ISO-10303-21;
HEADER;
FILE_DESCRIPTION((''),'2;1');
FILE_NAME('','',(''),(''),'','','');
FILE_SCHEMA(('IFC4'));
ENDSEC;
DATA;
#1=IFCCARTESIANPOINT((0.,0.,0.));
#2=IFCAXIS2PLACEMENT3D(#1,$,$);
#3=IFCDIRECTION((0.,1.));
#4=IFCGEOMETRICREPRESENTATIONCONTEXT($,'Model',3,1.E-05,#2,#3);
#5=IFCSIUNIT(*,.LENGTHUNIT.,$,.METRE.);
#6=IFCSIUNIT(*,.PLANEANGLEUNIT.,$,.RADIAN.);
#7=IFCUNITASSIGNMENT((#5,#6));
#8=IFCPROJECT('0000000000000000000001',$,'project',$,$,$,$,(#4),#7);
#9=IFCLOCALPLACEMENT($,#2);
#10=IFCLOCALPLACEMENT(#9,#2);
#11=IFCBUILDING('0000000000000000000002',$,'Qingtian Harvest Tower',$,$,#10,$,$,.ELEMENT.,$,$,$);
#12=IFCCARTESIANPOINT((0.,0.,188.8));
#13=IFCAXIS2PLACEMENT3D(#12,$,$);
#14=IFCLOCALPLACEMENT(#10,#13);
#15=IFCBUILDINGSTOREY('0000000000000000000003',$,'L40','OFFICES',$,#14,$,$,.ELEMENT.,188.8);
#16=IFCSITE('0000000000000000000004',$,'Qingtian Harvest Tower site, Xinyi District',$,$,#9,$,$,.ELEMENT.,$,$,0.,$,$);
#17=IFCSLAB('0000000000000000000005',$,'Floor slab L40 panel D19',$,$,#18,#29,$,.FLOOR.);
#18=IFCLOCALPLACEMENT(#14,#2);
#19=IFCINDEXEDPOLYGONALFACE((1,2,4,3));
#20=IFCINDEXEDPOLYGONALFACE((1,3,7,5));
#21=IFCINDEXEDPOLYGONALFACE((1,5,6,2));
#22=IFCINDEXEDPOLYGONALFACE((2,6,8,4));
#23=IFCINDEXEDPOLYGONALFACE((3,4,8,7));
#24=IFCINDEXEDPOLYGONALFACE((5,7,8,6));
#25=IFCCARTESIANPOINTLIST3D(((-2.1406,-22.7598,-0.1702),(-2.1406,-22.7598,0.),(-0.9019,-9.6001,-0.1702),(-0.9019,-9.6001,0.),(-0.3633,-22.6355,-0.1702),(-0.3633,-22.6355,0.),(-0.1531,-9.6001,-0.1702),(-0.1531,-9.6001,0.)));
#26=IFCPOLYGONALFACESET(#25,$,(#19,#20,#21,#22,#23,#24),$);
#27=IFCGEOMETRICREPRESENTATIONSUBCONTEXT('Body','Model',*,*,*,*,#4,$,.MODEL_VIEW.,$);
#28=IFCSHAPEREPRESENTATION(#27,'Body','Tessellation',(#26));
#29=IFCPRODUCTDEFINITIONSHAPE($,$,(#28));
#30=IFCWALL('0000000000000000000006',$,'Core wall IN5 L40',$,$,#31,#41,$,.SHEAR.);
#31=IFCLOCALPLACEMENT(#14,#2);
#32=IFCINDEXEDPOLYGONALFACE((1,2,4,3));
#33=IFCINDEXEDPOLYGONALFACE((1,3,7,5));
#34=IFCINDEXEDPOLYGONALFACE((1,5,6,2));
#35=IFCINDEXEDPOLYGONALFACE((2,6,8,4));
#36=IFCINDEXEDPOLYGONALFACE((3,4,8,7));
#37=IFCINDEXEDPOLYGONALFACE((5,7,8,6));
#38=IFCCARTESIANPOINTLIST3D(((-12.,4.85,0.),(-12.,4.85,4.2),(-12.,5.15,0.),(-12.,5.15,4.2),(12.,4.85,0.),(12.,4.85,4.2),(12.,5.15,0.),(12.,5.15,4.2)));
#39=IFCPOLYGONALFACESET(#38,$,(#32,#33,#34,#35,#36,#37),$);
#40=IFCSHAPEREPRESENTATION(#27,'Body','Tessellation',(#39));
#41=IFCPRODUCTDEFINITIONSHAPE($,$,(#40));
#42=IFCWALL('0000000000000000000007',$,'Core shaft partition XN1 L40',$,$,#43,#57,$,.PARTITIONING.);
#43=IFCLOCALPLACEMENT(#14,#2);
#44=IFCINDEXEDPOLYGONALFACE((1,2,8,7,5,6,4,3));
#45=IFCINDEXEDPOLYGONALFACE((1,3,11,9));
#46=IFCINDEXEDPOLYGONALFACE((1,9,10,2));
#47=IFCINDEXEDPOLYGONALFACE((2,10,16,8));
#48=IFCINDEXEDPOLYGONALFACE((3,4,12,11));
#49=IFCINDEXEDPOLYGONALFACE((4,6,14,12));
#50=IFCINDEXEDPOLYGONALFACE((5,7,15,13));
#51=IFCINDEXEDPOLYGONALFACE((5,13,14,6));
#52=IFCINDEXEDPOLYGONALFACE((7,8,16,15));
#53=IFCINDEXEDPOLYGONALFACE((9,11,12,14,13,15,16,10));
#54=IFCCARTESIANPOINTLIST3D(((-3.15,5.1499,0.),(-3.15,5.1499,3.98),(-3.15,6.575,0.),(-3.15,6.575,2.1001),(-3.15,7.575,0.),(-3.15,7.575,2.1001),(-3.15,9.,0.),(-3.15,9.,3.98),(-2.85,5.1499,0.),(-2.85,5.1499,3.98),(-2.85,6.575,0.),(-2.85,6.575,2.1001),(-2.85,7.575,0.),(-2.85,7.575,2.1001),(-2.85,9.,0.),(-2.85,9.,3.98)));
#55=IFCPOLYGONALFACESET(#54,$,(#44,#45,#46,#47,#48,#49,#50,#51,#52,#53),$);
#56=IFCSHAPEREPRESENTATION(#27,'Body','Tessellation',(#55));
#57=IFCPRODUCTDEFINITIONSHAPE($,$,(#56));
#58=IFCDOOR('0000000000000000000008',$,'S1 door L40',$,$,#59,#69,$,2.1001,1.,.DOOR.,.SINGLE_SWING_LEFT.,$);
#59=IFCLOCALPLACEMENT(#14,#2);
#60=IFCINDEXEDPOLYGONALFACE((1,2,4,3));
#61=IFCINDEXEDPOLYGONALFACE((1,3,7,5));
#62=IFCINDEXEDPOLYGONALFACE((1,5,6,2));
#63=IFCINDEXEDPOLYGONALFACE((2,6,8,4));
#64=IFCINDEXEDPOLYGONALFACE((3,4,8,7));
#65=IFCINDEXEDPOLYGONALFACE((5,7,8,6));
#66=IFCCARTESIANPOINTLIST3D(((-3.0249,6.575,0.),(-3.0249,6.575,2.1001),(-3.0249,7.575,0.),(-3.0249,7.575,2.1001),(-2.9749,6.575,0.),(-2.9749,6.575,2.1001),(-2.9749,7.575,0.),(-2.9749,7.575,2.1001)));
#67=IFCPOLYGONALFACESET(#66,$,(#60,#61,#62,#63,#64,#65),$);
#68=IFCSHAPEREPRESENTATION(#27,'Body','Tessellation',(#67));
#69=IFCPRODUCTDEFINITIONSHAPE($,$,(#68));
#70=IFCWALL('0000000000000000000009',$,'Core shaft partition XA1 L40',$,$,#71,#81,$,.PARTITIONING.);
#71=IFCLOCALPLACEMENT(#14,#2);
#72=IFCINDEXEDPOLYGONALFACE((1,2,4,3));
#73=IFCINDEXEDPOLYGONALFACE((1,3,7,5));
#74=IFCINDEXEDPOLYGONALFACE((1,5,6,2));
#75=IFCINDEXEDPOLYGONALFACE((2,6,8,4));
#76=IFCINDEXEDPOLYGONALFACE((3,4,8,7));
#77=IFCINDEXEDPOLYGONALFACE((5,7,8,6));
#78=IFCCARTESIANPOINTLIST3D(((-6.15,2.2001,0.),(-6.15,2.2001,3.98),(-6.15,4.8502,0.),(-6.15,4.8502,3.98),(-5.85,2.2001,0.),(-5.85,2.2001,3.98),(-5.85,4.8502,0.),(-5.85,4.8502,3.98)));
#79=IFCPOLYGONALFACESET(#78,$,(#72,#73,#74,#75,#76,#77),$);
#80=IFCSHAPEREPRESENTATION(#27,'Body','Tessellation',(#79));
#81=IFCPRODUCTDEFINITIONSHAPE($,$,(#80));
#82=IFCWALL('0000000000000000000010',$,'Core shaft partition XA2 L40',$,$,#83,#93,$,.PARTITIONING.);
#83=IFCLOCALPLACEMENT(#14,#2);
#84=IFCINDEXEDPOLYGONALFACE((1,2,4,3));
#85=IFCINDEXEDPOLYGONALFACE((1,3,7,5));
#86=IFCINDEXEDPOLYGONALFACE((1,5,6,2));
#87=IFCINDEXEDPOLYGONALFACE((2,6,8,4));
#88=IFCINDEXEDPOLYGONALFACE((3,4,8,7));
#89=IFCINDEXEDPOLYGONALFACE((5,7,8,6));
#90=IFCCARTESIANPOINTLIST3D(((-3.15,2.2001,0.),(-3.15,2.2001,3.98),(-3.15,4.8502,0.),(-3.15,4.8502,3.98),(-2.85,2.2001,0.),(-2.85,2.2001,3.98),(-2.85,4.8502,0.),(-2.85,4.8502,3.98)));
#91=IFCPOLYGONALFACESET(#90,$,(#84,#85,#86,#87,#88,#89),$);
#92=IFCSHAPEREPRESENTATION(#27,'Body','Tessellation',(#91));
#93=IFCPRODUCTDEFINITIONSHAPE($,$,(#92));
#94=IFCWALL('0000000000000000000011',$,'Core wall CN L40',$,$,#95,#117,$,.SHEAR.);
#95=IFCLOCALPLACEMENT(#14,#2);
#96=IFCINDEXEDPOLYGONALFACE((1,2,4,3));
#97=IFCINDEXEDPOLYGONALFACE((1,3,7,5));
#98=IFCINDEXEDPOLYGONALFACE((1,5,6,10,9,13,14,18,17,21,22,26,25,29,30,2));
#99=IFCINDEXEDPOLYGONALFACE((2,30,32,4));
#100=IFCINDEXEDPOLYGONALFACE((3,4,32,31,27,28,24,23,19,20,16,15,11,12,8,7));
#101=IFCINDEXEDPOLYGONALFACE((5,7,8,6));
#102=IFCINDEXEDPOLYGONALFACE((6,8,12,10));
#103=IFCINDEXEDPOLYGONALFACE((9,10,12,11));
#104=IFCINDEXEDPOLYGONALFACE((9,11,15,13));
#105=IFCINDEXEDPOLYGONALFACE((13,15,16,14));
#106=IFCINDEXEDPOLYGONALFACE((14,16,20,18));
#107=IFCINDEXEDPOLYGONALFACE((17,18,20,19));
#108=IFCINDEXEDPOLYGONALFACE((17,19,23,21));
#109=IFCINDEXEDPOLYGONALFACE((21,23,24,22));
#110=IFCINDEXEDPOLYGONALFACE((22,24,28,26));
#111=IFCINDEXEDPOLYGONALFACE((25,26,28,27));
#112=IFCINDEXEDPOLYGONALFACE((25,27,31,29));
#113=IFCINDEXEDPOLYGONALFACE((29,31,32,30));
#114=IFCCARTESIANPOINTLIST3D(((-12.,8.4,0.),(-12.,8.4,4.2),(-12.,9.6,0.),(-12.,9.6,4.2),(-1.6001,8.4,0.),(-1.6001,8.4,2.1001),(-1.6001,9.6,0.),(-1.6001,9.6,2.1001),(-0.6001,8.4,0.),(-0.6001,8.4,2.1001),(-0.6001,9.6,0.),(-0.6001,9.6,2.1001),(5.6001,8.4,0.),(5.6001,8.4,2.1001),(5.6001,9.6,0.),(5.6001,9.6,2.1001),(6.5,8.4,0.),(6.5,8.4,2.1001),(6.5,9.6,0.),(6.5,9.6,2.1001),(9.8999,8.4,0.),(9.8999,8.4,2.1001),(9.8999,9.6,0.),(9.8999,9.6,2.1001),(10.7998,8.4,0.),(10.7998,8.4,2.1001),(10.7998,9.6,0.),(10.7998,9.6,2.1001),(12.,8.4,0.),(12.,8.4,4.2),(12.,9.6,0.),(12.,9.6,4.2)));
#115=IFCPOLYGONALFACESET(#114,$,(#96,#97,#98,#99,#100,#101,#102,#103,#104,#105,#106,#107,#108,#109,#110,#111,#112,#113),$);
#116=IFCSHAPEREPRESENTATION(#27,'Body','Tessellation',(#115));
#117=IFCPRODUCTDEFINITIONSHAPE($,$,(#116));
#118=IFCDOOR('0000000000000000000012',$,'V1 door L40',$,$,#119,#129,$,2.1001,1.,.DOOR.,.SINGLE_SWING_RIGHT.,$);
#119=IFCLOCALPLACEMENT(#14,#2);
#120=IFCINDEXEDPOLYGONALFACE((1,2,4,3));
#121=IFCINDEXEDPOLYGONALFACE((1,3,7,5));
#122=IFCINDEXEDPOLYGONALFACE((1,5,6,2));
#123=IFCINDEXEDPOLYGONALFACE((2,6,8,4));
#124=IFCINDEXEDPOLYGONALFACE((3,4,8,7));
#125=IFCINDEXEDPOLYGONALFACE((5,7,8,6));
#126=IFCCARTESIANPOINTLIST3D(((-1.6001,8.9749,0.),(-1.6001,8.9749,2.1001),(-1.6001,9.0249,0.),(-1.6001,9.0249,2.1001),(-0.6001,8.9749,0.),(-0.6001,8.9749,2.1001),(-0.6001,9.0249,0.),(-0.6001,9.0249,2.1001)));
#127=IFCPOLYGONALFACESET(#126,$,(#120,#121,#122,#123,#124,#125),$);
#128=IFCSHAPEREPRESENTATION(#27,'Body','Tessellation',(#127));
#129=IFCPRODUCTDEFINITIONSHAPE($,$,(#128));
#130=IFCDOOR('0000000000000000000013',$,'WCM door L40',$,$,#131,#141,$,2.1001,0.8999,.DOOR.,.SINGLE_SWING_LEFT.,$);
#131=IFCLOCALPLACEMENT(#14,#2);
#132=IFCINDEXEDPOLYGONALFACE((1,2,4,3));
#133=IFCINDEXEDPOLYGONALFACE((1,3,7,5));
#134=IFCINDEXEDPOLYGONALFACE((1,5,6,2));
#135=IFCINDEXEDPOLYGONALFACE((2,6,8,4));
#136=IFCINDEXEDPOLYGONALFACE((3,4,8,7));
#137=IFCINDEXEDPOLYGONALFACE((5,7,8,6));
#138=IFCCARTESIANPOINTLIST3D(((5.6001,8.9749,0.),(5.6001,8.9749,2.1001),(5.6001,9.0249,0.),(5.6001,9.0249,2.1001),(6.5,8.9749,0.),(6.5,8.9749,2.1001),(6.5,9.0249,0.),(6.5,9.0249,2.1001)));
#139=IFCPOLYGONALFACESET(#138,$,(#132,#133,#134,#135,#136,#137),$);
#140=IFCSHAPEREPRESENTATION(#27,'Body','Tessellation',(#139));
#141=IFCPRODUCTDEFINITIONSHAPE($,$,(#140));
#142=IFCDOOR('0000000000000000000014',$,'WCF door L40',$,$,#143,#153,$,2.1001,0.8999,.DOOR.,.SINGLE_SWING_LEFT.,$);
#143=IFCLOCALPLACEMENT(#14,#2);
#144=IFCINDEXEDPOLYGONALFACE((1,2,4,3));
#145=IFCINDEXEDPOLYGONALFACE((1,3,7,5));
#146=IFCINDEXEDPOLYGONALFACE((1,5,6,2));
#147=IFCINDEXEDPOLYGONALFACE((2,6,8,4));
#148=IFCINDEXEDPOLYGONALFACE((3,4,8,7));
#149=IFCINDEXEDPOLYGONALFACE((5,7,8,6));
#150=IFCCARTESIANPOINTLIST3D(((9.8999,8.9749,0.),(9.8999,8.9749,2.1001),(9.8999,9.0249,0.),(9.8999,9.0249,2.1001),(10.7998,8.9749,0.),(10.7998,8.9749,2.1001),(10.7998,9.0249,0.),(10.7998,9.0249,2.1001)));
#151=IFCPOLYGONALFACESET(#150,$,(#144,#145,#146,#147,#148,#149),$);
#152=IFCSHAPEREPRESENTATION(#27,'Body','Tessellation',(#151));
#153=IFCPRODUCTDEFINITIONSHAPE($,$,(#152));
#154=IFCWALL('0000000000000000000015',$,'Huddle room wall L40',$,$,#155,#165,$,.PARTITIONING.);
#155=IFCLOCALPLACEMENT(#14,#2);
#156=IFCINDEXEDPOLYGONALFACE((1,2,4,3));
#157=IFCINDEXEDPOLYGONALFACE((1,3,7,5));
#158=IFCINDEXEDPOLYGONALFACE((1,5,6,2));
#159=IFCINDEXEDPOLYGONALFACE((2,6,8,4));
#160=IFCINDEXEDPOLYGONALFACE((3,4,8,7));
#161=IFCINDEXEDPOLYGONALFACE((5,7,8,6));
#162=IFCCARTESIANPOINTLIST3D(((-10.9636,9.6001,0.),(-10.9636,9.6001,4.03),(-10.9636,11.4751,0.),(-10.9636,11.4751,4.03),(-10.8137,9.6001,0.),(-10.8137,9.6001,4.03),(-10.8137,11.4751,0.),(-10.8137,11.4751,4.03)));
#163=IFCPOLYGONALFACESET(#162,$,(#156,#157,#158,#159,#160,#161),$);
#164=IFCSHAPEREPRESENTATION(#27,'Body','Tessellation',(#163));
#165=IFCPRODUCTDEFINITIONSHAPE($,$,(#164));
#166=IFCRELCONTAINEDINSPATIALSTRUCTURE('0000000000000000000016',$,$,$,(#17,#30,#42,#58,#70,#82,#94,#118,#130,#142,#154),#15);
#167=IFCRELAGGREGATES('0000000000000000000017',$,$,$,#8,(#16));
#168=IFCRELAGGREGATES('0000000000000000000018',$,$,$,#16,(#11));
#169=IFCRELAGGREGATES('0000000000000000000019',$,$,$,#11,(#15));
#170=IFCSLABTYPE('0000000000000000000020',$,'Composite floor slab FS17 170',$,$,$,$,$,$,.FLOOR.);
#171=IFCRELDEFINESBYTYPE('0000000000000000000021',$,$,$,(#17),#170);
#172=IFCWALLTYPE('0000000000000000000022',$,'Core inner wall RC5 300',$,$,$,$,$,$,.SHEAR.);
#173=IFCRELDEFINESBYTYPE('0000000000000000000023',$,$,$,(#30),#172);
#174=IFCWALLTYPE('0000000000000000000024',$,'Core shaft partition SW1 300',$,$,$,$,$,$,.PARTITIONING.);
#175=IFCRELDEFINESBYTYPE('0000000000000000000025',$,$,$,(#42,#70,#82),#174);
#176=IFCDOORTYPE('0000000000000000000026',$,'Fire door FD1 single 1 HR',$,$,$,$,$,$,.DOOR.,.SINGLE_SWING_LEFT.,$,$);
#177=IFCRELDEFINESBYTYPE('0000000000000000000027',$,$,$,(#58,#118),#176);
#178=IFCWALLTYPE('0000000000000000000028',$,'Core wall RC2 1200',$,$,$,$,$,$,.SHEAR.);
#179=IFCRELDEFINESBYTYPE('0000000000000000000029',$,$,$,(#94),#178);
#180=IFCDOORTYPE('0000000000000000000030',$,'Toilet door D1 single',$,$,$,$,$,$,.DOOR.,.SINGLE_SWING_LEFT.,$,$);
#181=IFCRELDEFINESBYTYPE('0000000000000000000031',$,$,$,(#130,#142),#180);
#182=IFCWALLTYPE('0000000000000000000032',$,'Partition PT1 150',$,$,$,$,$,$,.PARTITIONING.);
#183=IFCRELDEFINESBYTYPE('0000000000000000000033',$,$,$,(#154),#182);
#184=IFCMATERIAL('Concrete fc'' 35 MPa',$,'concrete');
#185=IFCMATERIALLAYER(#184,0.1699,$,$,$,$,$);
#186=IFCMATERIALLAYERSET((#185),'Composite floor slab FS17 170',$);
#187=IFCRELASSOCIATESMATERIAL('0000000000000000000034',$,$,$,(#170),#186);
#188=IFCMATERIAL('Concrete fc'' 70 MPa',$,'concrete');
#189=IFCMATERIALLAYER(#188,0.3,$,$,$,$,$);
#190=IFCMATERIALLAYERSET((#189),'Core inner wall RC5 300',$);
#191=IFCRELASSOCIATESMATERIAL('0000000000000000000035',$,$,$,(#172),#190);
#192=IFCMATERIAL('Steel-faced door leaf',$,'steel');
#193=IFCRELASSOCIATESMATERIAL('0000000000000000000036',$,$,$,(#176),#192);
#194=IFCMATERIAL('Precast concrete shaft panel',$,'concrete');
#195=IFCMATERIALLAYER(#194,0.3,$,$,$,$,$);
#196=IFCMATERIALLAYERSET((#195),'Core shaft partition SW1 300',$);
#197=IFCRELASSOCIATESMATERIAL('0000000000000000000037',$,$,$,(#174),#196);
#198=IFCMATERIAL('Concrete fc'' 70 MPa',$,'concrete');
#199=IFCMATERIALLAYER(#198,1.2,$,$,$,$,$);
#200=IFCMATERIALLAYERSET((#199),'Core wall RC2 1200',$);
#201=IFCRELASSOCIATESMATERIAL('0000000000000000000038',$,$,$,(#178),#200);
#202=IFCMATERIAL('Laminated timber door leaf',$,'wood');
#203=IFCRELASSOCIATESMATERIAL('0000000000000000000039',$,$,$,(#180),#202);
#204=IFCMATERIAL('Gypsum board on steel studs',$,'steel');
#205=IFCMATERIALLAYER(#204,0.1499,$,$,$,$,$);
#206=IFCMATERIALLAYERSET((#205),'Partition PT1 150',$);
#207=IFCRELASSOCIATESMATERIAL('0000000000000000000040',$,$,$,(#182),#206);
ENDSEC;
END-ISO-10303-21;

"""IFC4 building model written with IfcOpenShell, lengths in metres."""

from ifc_helpers import new_model, si_unit, direction, frame, frame_2d, origin, place, context, subcontext, project, spatial, polyline, rectangle, outline, extrude, material, layer, layer_set, type_object, element, fill, save


model = new_model("IFC4")

# Units and contexts
model_context = context("Model", 3, precision=1e-05, world=origin(), true_north=direction((0.0, 1.0)))
body_context = subcontext(model_context, "Body", "Model", "MODEL_VIEW")
ifc_project = project(units=[si_unit("LENGTHUNIT", "METRE"), si_unit("PLANEANGLEUNIT", "RADIAN")], contexts=[model_context])

# Site, building, storey
site_placement = place(None, origin())
site = spatial("IfcSite", under=ifc_project, at=site_placement, Name="Qingtian Harvest Tower site, Xinyi District", CompositionType="ELEMENT", RefElevation=0.0)
building_placement = place(site_placement, origin())
building = spatial("IfcBuilding", under=site, at=building_placement, Name="Qingtian Harvest Tower", CompositionType="ELEMENT")
storey_placement = place(building_placement, frame((0.0, 0.0, 188.8)))
storey = spatial("IfcBuildingStorey", under=building, at=storey_placement, Name="L40", Description="OFFICES", CompositionType="ELEMENT", Elevation=188.8)

# Slab
ifc_material_1 = material(Name="Concrete fc' 35 MPa", Category="concrete")
ifc_layer_1 = layer(ifc_material_1, 0.1699)
ifc_layer_set_1 = layer_set([ifc_layer_1], Name="Composite floor slab FS17 170")
slab_type = type_object("IfcSlabType", Name="Composite floor slab FS17 170", PredefinedType="FLOOR", material=ifc_layer_set_1)
slab_placement = place(storey_placement, frame((0.0, 0.0, -0.1702)))
element("IfcSlab", 1, at=slab_placement, inside=storey, type_object=slab_type, Name="Floor slab L40 panel D19", PredefinedType="FLOOR", context=body_context, shape_type="SweptSolid", body=[
    extrude(outline(polyline([(-0.1531, -9.6001), (-0.3633, -22.6355), (-2.1406, -22.7598), (-0.9019, -9.6001), (-0.1531, -9.6001)])), origin(), (0.0, 0.0, 1.0), 0.1702),
])

# Wall
ifc_material_2 = material(Name="Concrete fc' 70 MPa", Category="concrete")
ifc_layer_2 = layer(ifc_material_2, 0.3)
ifc_layer_set_2 = layer_set([ifc_layer_2], Name="Core inner wall RC5 300")
wall_type_1 = type_object("IfcWallType", Name="Core inner wall RC5 300", PredefinedType="SHEAR", material=ifc_layer_set_2)
wall_1_placement = place(storey_placement, frame((-12.0, 5.0, 0.0), z_axis=(0.0, 0.0, 1.0), x_axis=(1.0, 0.0, 0.0)))
element("IfcWall", 2, at=wall_1_placement, inside=storey, type_object=wall_type_1, Name="Core wall IN5 L40", PredefinedType="SHEAR", context=body_context, shape_type="SweptSolid", body=[
    extrude(rectangle(XDim=24.0, YDim=0.3, at=frame_2d((12.0, 0.0))), origin(), (0.0, 0.0, 1.0), 4.2),
])

# Shared definitions
ifc_material_3 = material(Name="Steel-faced door leaf", Category="steel")
door_type_1 = type_object("IfcDoorType", Name="Fire door FD1 single 1 HR", OperationType="SINGLE_SWING_LEFT", PredefinedType="DOOR", material=ifc_material_3)

# Wall, opening, door
ifc_material_4 = material(Name="Precast concrete shaft panel", Category="concrete")
ifc_layer_3 = layer(ifc_material_4, 0.3)
ifc_layer_set_3 = layer_set([ifc_layer_3], Name="Core shaft partition SW1 300")
wall_type_2 = type_object("IfcWallType", Name="Core shaft partition SW1 300", PredefinedType="PARTITIONING", material=ifc_layer_set_3)
wall_2_placement = place(storey_placement, frame((-3.0, 5.1499, 0.0), z_axis=(0.0, 0.0, 1.0), x_axis=(0.0, 1.0, 0.0)))
wall_2 = element("IfcWall", 3, at=wall_2_placement, inside=storey, type_object=wall_type_2, Name="Core shaft partition XN1 L40", PredefinedType="PARTITIONING", context=body_context, shape_type="SweptSolid", body=[
    extrude(rectangle(XDim=3.8501, YDim=0.3, at=frame_2d((1.925, 0.0))), origin(), (0.0, 0.0, 1.0), 3.98),
])
opening_1_placement = place(wall_2_placement, frame((1.425, 0.0, 0.0)))
opening_1 = element("IfcOpeningElement", 4, at=opening_1_placement, cuts=wall_2, PredefinedType="OPENING", context=body_context, shape_type="SweptSolid", body=[
    extrude(rectangle(XDim=1.0, YDim=2.1001, at=frame_2d((0.5, 1.05))), frame((0.0, 0.1599, 0.0), z_axis=(0.0, -1.0, 0.0), x_axis=(1.0, 0.0, 0.0)), (0.0, 0.0, 1.0), 0.3201),
])
door_1_placement = place(opening_1_placement, origin())
door_1 = element("IfcDoor", 5, at=door_1_placement, inside=storey, type_object=door_type_1, Name="S1 door L40", OperationType="SINGLE_SWING_LEFT", OverallHeight=2.1001, OverallWidth=1.0, PredefinedType="DOOR", context=body_context, shape_type="SweptSolid", body=[
    extrude(rectangle(XDim=1.0, YDim=2.1001, at=frame_2d((0.5, 1.05))), frame((0.0, 0.0249, 0.0), z_axis=(0.0, -1.0, 0.0), x_axis=(1.0, 0.0, 0.0)), (0.0, 0.0, 1.0), 0.05),
])
fill(opening_1, door_1)

# Walls
for number, where, z_axis, x_axis, name in (
    (6, (-6.0, 2.2, 0.0), (0.0, 0.0, 1.0), (0.0, 1.0, 0.0), "Core shaft partition XA1 L40"),
    (7, (-3.0, 2.2, 0.0), (0.0, 0.0, 1.0), (0.0, 1.0, 0.0), "Core shaft partition XA2 L40"),
):
    element("IfcWall", number, at=place(storey_placement, frame(where, z_axis=z_axis, x_axis=x_axis)), inside=storey, type_object=wall_type_2, Name=name, PredefinedType="PARTITIONING", context=body_context, shape_type="SweptSolid", body=[
        extrude(rectangle(XDim=2.6501, YDim=0.3, at=frame_2d((1.3252, 0.0))), origin(), (0.0, 0.0, 1.0), 3.98),
    ])

# Wall, openings, doors
ifc_material_5 = material(Name="Concrete fc' 70 MPa", Category="concrete")
ifc_layer_4 = layer(ifc_material_5, 1.2)
ifc_layer_set_4 = layer_set([ifc_layer_4], Name="Core wall RC2 1200")
wall_type_3 = type_object("IfcWallType", Name="Core wall RC2 1200", PredefinedType="SHEAR", material=ifc_layer_set_4)
wall_3_placement = place(storey_placement, frame((-12.0, 9.0, 0.0), z_axis=(0.0, 0.0, 1.0), x_axis=(1.0, 0.0, 0.0)))
wall_3 = element("IfcWall", 8, at=wall_3_placement, inside=storey, type_object=wall_type_3, Name="Core wall CN L40", PredefinedType="SHEAR", context=body_context, shape_type="SweptSolid", body=[
    extrude(rectangle(XDim=24.0, YDim=1.2, at=frame_2d((12.0, 0.0))), origin(), (0.0, 0.0, 1.0), 4.2),
])
opening_2_placement = place(wall_3_placement, frame((10.3999, 0.0, 0.0)))
opening_2 = element("IfcOpeningElement", 9, at=opening_2_placement, cuts=wall_3, PredefinedType="OPENING", context=body_context, shape_type="SweptSolid", body=[
    extrude(rectangle(XDim=1.0, YDim=2.1001, at=frame_2d((0.5, 1.05))), frame((0.0, 0.6099, 0.0), z_axis=(0.0, -1.0, 0.0), x_axis=(1.0, 0.0, 0.0)), (0.0, 0.0, 1.0), 1.22),
])
opening_3_placement = place(wall_3_placement, frame((17.6001, 0.0, 0.0)))
opening_3 = element("IfcOpeningElement", 10, at=opening_3_placement, cuts=wall_3, PredefinedType="OPENING", context=body_context, shape_type="SweptSolid", body=[
    extrude(rectangle(XDim=0.8999, YDim=2.1001, at=frame_2d((0.45, 1.05))), frame((0.0, 0.6099, 0.0), z_axis=(0.0, -1.0, 0.0), x_axis=(1.0, 0.0, 0.0)), (0.0, 0.0, 1.0), 1.22),
])
opening_4_placement = place(wall_3_placement, frame((21.8999, 0.0, 0.0)))
opening_4 = element("IfcOpeningElement", 11, at=opening_4_placement, cuts=wall_3, PredefinedType="OPENING", context=body_context, shape_type="SweptSolid", body=[
    extrude(rectangle(XDim=0.8999, YDim=2.1001, at=frame_2d((0.45, 1.05))), frame((0.0, 0.6099, 0.0), z_axis=(0.0, -1.0, 0.0), x_axis=(1.0, 0.0, 0.0)), (0.0, 0.0, 1.0), 1.22),
])
door_2_placement = place(opening_2_placement, origin())
door_2 = element("IfcDoor", 12, at=door_2_placement, inside=storey, type_object=door_type_1, Name="V1 door L40", OperationType="SINGLE_SWING_RIGHT", OverallHeight=2.1001, OverallWidth=1.0, PredefinedType="DOOR", context=body_context, shape_type="SweptSolid", body=[
    extrude(rectangle(XDim=1.0, YDim=2.1001, at=frame_2d((0.5, 1.05))), frame((0.0, 0.0249, 0.0), z_axis=(0.0, -1.0, 0.0), x_axis=(1.0, 0.0, 0.0)), (0.0, 0.0, 1.0), 0.05),
])
fill(opening_2, door_2)
ifc_material_6 = material(Name="Laminated timber door leaf", Category="wood")
door_type_2 = type_object("IfcDoorType", Name="Toilet door D1 single", OperationType="SINGLE_SWING_LEFT", PredefinedType="DOOR", material=ifc_material_6)
door_3_placement = place(opening_3_placement, origin())
door_3 = element("IfcDoor", 13, at=door_3_placement, inside=storey, type_object=door_type_2, Name="WCM door L40", OperationType="SINGLE_SWING_LEFT", OverallHeight=2.1001, OverallWidth=0.8999, PredefinedType="DOOR", context=body_context, shape_type="SweptSolid", body=[
    extrude(rectangle(XDim=0.8999, YDim=2.1001, at=frame_2d((0.45, 1.05))), frame((0.0, 0.0249, 0.0), z_axis=(0.0, -1.0, 0.0), x_axis=(1.0, 0.0, 0.0)), (0.0, 0.0, 1.0), 0.05),
])
fill(opening_3, door_3)
door_4_placement = place(opening_4_placement, origin())
door_4 = element("IfcDoor", 14, at=door_4_placement, inside=storey, type_object=door_type_2, Name="WCF door L40", OperationType="SINGLE_SWING_LEFT", OverallHeight=2.1001, OverallWidth=0.8999, PredefinedType="DOOR", context=body_context, shape_type="SweptSolid", body=[
    extrude(rectangle(XDim=0.8999, YDim=2.1001, at=frame_2d((0.45, 1.05))), frame((0.0, 0.0249, 0.0), z_axis=(0.0, -1.0, 0.0), x_axis=(1.0, 0.0, 0.0)), (0.0, 0.0, 1.0), 0.05),
])
fill(opening_4, door_4)

# Wall
ifc_material_7 = material(Name="Gypsum board on steel studs", Category="steel")
ifc_layer_5 = layer(ifc_material_7, 0.1499)
ifc_layer_set_5 = layer_set([ifc_layer_5], Name="Partition PT1 150")
wall_type_4 = type_object("IfcWallType", Name="Partition PT1 150", PredefinedType="PARTITIONING", material=ifc_layer_set_5)
wall_4_placement = place(storey_placement, frame((-10.8887, 9.6001, 0.0), z_axis=(0.0, 0.0, 1.0), x_axis=(0.0, 1.0, 0.0)))
element("IfcWall", 15, at=wall_4_placement, inside=storey, type_object=wall_type_4, Name="Huddle room wall L40", PredefinedType="PARTITIONING", context=body_context, shape_type="SweptSolid", body=[
    extrude(rectangle(XDim=1.875, YDim=0.1499, at=frame_2d((0.9375, 0.0))), origin(), (0.0, 0.0, 1.0), 4.03),
])

save(model, "model.ifc")
